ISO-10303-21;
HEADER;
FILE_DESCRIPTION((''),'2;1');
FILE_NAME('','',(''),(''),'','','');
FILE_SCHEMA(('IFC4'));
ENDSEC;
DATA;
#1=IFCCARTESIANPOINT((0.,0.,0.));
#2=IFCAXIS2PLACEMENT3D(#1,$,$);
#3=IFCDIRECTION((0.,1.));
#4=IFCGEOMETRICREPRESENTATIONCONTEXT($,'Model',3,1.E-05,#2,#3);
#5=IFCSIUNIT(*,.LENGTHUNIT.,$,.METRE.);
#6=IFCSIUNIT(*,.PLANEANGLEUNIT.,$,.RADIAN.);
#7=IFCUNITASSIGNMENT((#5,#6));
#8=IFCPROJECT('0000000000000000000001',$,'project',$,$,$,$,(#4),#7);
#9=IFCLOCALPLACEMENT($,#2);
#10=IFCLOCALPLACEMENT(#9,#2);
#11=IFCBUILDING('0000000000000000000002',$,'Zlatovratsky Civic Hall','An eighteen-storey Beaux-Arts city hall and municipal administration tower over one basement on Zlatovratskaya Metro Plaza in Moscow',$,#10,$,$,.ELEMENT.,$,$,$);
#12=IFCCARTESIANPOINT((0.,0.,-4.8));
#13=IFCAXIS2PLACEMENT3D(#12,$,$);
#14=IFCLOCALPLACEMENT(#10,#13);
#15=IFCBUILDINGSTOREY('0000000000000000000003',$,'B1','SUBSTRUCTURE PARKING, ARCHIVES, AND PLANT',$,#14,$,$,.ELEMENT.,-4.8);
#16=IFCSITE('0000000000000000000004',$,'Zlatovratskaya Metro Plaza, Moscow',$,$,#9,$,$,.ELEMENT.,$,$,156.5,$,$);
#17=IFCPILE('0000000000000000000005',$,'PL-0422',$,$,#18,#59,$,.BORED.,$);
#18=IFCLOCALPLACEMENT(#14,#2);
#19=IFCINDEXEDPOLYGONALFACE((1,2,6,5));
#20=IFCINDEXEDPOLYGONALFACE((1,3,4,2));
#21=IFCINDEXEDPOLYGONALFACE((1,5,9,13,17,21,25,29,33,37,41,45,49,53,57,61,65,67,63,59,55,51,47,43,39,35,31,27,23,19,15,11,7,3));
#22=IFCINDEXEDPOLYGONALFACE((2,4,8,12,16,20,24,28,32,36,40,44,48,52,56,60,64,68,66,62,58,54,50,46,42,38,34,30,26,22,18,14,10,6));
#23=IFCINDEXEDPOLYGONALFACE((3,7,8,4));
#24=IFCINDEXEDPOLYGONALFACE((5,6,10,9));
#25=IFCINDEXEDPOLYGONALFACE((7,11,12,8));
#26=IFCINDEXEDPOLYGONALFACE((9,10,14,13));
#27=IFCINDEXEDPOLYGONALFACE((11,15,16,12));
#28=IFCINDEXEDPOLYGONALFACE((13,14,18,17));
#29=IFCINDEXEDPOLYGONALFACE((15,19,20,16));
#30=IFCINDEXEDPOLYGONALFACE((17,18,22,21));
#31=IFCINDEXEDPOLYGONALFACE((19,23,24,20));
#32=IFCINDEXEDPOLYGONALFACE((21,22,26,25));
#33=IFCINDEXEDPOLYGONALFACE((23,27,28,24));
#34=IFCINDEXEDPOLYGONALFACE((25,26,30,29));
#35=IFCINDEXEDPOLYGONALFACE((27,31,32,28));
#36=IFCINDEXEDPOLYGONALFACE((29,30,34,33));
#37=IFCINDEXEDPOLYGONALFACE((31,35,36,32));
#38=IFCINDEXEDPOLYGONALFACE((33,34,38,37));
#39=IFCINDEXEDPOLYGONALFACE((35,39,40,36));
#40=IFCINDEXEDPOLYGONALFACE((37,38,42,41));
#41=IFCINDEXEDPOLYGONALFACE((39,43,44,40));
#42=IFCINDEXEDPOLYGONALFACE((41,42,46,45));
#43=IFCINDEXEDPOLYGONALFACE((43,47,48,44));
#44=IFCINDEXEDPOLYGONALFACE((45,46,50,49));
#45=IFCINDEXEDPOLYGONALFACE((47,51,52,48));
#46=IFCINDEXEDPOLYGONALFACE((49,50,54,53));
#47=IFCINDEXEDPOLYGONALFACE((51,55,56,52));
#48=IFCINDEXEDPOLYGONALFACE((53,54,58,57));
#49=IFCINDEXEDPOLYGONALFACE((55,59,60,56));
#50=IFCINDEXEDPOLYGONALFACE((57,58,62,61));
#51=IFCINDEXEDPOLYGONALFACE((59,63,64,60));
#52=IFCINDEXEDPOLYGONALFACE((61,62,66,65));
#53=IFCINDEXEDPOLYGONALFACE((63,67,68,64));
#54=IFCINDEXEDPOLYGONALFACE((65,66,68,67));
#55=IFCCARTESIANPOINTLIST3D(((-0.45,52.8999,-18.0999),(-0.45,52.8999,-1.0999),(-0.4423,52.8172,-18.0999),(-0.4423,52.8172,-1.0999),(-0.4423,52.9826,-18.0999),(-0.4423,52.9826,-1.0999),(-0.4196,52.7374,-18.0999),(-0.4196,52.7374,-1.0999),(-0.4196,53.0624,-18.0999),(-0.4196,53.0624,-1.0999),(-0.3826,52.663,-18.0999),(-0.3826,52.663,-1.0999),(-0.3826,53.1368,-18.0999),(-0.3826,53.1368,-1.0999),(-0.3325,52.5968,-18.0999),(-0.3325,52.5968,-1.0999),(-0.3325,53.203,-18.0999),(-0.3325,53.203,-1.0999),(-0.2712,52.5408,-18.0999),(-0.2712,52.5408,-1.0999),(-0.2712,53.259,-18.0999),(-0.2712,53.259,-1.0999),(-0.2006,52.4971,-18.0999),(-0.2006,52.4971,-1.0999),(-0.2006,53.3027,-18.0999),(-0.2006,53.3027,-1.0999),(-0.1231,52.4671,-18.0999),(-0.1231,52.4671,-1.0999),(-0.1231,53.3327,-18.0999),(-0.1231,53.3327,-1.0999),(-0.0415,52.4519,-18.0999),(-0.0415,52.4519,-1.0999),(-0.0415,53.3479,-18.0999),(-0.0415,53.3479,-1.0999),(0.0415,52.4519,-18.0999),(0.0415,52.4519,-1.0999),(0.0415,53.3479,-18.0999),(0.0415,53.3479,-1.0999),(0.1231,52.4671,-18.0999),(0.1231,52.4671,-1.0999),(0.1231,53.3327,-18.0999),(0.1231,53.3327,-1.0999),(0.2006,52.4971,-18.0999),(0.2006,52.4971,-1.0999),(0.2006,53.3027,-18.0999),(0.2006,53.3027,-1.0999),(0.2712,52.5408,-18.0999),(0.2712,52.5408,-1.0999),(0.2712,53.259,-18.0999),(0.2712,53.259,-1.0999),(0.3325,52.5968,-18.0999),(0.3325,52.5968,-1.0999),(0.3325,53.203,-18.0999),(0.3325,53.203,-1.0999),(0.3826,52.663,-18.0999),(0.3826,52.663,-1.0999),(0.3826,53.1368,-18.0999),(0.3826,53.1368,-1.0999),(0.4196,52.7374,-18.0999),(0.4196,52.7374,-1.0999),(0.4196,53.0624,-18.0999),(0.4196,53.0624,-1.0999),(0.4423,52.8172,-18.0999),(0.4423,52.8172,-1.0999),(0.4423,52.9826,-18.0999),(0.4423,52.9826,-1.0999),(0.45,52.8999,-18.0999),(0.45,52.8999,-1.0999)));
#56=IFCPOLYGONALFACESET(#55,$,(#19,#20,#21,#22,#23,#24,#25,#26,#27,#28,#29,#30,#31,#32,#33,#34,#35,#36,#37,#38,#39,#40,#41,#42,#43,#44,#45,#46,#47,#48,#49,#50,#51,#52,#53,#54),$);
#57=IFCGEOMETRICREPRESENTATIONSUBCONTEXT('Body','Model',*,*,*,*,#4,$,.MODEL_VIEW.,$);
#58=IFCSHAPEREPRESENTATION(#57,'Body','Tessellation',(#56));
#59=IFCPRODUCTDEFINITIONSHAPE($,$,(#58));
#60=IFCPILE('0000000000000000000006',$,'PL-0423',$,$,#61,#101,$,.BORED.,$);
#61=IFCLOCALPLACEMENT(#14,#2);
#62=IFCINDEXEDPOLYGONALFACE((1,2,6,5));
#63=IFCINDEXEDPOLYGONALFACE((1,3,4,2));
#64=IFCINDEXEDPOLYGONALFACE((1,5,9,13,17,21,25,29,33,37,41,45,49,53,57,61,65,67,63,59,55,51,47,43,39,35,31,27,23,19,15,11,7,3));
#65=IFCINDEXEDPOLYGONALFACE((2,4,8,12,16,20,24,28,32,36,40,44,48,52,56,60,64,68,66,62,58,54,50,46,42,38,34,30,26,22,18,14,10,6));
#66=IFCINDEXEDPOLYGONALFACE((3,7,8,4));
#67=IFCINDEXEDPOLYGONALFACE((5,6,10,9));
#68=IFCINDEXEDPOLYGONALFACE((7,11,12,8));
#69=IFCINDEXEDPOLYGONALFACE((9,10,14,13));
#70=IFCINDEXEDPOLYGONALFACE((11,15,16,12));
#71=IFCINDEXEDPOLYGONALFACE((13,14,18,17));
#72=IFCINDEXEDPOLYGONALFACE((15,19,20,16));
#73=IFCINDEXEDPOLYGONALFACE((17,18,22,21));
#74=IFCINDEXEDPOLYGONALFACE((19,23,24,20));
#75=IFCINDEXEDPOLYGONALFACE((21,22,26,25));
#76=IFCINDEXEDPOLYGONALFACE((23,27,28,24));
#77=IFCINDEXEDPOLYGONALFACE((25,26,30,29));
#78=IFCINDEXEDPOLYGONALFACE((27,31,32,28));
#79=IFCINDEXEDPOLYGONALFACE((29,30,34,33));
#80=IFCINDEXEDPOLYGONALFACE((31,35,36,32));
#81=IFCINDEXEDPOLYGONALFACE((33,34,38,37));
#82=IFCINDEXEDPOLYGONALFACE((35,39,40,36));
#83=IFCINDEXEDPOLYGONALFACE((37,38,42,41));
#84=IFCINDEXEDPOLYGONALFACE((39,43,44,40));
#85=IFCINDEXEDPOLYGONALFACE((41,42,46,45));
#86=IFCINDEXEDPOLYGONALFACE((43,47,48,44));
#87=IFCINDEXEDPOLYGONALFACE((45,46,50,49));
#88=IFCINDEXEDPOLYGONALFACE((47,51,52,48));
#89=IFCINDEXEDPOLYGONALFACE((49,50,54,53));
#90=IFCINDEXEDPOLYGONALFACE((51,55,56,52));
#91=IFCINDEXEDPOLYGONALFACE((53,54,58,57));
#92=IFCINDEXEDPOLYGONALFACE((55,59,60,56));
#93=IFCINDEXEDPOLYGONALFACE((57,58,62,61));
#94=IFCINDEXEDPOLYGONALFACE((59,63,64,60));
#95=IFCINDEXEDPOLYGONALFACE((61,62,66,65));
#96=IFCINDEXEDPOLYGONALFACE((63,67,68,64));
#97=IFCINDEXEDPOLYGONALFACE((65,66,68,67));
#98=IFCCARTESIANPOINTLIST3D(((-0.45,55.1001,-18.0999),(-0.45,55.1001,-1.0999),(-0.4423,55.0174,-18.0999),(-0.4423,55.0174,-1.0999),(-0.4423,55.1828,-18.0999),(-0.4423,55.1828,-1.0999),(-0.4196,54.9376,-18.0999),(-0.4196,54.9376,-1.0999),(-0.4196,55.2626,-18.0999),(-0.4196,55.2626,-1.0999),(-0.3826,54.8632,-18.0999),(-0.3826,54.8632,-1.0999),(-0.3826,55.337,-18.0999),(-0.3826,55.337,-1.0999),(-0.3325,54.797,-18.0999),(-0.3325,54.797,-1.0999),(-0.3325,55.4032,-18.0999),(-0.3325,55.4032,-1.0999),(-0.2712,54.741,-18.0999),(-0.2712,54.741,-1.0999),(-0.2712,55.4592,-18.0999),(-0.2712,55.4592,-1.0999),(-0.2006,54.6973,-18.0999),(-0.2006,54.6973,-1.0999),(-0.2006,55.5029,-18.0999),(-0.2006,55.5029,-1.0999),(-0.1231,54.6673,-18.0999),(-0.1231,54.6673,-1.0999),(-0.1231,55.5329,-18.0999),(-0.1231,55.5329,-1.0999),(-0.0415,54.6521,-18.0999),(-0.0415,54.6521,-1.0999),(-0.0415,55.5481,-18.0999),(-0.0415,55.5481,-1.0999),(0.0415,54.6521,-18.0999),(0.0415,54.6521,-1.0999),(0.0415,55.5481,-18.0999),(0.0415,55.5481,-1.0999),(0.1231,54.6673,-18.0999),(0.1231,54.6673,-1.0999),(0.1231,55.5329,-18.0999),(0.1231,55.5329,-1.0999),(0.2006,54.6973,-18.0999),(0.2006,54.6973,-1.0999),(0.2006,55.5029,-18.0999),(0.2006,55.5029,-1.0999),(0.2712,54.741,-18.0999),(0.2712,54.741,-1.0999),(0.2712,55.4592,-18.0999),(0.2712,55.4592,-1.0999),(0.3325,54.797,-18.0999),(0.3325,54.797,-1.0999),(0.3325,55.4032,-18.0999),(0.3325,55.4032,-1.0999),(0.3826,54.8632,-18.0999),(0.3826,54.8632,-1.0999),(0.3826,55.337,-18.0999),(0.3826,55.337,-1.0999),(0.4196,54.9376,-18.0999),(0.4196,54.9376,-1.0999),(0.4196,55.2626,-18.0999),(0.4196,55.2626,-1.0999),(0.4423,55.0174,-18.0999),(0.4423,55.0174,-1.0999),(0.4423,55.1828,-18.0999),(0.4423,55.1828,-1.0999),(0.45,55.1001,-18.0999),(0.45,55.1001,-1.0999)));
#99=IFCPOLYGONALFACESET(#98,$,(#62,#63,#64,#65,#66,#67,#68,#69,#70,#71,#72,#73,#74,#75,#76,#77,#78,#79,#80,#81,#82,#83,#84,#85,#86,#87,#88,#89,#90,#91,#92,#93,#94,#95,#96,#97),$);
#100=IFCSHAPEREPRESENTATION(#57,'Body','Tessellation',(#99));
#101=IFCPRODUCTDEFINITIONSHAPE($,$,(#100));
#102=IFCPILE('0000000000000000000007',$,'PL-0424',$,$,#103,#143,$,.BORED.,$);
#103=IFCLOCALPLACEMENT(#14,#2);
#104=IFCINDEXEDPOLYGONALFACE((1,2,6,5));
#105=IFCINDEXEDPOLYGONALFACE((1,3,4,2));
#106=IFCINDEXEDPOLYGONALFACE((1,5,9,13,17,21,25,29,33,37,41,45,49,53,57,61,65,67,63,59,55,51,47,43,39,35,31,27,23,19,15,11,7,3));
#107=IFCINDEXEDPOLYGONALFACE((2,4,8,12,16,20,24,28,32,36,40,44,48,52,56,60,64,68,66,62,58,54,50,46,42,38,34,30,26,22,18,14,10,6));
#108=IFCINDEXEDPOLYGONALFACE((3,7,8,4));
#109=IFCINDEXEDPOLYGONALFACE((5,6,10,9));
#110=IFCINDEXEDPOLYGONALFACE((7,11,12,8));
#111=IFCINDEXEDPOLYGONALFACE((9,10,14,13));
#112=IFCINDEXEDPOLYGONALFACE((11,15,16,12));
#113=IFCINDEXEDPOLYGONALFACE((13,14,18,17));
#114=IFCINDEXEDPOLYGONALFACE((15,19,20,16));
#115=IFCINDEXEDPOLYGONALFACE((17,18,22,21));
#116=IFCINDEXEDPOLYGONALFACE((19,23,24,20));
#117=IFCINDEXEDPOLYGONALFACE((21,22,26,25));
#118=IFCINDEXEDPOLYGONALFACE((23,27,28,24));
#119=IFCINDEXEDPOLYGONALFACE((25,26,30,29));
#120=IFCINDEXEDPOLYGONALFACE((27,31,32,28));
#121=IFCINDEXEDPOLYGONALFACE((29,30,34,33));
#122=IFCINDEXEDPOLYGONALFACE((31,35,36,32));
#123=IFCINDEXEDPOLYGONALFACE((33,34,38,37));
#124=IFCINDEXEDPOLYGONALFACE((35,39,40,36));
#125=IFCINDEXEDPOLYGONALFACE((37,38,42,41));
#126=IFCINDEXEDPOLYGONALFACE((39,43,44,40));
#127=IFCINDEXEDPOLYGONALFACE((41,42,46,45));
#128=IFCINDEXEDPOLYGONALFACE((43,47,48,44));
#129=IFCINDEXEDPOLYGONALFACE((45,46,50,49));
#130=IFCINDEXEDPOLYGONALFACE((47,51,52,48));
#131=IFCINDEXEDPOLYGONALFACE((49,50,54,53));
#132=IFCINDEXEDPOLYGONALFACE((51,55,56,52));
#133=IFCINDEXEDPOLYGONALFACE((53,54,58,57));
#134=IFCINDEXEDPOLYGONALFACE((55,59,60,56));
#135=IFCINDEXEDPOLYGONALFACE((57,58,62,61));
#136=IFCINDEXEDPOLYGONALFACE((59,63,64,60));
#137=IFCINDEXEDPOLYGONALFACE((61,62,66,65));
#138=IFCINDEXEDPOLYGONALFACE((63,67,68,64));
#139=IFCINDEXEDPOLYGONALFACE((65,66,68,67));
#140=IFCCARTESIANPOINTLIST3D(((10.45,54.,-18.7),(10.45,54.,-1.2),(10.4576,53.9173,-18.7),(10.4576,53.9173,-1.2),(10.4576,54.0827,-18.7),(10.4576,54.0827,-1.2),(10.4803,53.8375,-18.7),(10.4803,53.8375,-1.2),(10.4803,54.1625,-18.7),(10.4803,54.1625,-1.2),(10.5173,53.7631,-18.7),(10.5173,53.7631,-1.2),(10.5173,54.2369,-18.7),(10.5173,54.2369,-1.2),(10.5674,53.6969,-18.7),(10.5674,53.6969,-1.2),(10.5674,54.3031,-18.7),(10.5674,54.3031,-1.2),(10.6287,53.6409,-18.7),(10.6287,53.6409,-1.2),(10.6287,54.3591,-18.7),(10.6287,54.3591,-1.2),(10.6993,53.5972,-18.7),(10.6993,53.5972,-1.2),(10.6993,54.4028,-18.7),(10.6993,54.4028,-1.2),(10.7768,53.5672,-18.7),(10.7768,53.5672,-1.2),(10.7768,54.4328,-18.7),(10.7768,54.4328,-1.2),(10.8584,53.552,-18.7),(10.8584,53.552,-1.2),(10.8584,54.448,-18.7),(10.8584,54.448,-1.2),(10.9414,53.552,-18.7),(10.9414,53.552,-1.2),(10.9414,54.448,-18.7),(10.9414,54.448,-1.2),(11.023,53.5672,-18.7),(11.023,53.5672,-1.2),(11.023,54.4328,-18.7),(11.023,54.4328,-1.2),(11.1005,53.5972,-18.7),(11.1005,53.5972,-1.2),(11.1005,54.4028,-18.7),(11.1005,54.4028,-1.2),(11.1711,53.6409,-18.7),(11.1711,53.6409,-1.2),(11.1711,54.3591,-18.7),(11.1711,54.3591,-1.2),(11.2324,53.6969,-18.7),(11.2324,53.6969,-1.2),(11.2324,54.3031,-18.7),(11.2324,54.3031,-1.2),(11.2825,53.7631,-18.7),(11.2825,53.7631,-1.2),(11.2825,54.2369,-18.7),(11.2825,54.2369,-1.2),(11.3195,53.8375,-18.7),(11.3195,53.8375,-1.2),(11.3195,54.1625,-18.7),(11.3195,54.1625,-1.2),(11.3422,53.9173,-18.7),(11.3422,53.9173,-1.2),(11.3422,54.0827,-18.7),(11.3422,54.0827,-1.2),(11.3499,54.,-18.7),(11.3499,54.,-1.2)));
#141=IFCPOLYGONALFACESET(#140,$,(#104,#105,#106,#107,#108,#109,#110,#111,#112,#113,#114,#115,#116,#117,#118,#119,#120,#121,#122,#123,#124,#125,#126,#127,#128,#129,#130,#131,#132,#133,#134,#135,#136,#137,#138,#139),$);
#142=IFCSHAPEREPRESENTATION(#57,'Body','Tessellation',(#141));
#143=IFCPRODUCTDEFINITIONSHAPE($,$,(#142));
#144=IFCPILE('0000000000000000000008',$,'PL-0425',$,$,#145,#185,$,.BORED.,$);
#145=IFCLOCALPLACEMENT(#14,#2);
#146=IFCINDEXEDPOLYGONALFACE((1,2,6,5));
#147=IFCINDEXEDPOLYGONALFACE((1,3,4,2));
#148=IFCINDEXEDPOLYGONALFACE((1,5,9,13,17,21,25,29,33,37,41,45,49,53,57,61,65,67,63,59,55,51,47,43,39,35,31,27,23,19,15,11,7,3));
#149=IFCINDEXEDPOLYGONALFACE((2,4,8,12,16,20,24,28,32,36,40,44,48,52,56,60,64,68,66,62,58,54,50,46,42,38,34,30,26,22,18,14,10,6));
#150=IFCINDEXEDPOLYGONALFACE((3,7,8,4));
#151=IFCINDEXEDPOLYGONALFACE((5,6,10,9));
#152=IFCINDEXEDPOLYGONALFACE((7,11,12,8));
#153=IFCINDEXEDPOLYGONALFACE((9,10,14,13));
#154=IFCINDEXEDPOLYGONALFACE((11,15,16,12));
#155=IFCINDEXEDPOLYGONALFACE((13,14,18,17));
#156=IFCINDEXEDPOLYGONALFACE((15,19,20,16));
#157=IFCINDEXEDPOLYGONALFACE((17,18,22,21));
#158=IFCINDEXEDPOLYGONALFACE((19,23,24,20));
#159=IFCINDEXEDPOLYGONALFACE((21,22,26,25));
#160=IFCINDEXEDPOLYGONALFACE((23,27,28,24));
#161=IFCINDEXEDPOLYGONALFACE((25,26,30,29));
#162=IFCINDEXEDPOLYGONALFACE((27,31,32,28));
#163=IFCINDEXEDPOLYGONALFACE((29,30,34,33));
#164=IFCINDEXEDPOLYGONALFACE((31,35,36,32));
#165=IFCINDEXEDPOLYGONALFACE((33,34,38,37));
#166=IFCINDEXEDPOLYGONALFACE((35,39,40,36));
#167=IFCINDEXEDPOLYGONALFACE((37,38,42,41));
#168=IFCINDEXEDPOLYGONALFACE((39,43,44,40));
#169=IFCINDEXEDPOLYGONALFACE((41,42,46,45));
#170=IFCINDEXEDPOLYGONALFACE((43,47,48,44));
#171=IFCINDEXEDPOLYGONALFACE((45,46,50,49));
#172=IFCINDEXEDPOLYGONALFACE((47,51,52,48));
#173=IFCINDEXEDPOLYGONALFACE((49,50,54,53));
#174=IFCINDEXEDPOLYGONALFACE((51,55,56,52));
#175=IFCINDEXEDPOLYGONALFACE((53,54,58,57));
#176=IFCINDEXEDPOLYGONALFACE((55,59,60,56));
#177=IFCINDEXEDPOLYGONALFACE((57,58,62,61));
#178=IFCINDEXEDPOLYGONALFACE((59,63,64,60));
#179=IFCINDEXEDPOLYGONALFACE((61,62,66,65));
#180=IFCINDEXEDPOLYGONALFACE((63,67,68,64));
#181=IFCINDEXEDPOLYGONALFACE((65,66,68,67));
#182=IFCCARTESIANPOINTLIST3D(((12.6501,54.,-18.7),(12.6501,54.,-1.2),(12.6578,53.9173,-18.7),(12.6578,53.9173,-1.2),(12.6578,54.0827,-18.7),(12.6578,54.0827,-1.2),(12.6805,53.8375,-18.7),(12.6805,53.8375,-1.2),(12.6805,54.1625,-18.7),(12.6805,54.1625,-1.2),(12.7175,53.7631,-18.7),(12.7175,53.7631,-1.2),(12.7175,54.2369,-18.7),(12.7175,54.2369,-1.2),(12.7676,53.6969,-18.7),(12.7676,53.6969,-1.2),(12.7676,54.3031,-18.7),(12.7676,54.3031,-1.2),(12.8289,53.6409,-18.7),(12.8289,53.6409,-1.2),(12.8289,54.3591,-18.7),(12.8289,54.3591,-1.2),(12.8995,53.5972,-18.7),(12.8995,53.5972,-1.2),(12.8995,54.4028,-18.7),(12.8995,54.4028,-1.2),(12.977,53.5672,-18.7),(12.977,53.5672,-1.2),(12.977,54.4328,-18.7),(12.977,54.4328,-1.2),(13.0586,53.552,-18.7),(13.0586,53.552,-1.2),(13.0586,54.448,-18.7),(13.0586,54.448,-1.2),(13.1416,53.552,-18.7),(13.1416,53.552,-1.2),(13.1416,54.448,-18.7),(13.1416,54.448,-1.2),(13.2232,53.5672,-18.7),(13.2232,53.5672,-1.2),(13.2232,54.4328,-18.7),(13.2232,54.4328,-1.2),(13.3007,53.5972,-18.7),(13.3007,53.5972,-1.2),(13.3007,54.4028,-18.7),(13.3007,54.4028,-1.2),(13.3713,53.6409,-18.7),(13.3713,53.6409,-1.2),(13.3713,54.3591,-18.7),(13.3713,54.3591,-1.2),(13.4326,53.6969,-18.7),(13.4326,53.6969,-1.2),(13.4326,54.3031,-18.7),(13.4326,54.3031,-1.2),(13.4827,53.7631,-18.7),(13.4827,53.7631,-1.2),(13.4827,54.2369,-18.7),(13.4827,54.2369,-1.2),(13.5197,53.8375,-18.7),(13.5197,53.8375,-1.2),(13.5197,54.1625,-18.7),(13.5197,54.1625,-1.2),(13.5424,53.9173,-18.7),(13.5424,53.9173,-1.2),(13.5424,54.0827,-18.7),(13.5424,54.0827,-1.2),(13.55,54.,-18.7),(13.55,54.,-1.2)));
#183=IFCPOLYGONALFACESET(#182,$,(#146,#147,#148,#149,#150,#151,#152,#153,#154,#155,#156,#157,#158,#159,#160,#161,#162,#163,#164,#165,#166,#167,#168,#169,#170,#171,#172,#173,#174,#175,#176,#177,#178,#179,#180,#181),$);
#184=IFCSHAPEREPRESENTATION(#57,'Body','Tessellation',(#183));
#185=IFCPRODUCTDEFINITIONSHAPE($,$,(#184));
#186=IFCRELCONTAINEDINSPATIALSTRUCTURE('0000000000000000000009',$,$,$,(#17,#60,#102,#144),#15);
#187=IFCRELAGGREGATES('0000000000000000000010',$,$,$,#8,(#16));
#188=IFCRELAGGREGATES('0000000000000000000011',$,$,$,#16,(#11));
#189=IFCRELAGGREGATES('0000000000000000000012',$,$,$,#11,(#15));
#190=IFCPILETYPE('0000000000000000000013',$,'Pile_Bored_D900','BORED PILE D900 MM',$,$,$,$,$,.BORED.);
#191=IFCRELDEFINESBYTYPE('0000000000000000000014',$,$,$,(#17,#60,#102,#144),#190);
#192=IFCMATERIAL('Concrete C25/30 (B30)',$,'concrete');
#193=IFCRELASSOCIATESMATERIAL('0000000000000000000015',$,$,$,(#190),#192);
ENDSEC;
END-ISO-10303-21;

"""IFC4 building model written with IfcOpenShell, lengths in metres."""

from ifc_helpers import new_model, si_unit, direction, frame, origin, origin_2d, place, context, subcontext, project, spatial, circle, extrude, material, material_profile, profile_set, type_object, element, save


model = new_model("IFC4")

# Units and contexts
model_context = context("Model", 3, precision=1e-05, world=origin(), true_north=direction((0.0, 1.0)))
body_context = subcontext(model_context, "Body", "Model", "MODEL_VIEW")
ifc_project = project(units=[si_unit("LENGTHUNIT", "METRE"), si_unit("PLANEANGLEUNIT", "RADIAN")], contexts=[model_context])

# Site, building, storey
site_placement = place(None, origin())
site = spatial("IfcSite", under=ifc_project, at=site_placement, Name="Zlatovratskaya Metro Plaza, Moscow", CompositionType="ELEMENT", RefElevation=156.5)
building_placement = place(site_placement, origin())
building = spatial("IfcBuilding", under=site, at=building_placement, Name="Zlatovratsky Civic Hall", Description="An eighteen-storey Beaux-Arts city hall and municipal administration tower over one basement on Zlatovratskaya Metro Plaza in Moscow", CompositionType="ELEMENT")
storey_placement = place(building_placement, frame((0.0, 0.0, -4.8)))
storey = spatial("IfcBuildingStorey", under=building, at=storey_placement, Name="B1", Description="SUBSTRUCTURE PARKING, ARCHIVES, AND PLANT", CompositionType="ELEMENT", Elevation=-4.8)

# Shared definitions
ifc_material_1 = material(Name="Concrete C25/30 (B30)", Category="concrete")

# Piles
ifc_material_profile_1 = material_profile(ifc_material_1, circle(Radius=0.45, at=origin_2d()), Name="PILE D900")
ifc_profile_set_1 = profile_set([ifc_material_profile_1], Name="Concrete C25/30 (B30)")
pile_type_1 = type_object("IfcPileType", Name="Pile_Bored_D900", Description="BORED PILE D900 MM", PredefinedType="BORED", material=ifc_profile_set_1)
for number, where, z_axis, x_axis, name in (
    (1, (0.0, 52.8999, -1.0999), (0.0, 0.0, -1.0), (1.0, 0.0, 0.0), "PL-0422"),
    (2, (0.0, 55.1001, -1.0999), (0.0, 0.0, -1.0), (1.0, 0.0, 0.0), "PL-0423"),
):
    element("IfcPile", number, at=place(storey_placement, frame(where, z_axis=z_axis, x_axis=x_axis)), inside=storey, type_object=pile_type_1, Name=name, PredefinedType="BORED", context=body_context, shape_type="SweptSolid", body=[
        extrude(circle(Radius=0.45, at=origin_2d()), origin(), (0.0, 0.0, 1.0), 17.0),
    ])
for number, where, z_axis, x_axis, name in (
    (3, (10.8999, 54.0, -1.2), (0.0, 0.0, -1.0), (1.0, 0.0, 0.0), "PL-0424"),
    (4, (13.1001, 54.0, -1.2), (0.0, 0.0, -1.0), (1.0, 0.0, 0.0), "PL-0425"),
):
    element("IfcPile", number, at=place(storey_placement, frame(where, z_axis=z_axis, x_axis=x_axis)), inside=storey, type_object=pile_type_1, Name=name, PredefinedType="BORED", context=body_context, shape_type="SweptSolid", body=[
        extrude(circle(Radius=0.45, at=origin_2d()), origin(), (0.0, 0.0, 1.0), 17.5),
    ])

save(model, "model.ifc")
